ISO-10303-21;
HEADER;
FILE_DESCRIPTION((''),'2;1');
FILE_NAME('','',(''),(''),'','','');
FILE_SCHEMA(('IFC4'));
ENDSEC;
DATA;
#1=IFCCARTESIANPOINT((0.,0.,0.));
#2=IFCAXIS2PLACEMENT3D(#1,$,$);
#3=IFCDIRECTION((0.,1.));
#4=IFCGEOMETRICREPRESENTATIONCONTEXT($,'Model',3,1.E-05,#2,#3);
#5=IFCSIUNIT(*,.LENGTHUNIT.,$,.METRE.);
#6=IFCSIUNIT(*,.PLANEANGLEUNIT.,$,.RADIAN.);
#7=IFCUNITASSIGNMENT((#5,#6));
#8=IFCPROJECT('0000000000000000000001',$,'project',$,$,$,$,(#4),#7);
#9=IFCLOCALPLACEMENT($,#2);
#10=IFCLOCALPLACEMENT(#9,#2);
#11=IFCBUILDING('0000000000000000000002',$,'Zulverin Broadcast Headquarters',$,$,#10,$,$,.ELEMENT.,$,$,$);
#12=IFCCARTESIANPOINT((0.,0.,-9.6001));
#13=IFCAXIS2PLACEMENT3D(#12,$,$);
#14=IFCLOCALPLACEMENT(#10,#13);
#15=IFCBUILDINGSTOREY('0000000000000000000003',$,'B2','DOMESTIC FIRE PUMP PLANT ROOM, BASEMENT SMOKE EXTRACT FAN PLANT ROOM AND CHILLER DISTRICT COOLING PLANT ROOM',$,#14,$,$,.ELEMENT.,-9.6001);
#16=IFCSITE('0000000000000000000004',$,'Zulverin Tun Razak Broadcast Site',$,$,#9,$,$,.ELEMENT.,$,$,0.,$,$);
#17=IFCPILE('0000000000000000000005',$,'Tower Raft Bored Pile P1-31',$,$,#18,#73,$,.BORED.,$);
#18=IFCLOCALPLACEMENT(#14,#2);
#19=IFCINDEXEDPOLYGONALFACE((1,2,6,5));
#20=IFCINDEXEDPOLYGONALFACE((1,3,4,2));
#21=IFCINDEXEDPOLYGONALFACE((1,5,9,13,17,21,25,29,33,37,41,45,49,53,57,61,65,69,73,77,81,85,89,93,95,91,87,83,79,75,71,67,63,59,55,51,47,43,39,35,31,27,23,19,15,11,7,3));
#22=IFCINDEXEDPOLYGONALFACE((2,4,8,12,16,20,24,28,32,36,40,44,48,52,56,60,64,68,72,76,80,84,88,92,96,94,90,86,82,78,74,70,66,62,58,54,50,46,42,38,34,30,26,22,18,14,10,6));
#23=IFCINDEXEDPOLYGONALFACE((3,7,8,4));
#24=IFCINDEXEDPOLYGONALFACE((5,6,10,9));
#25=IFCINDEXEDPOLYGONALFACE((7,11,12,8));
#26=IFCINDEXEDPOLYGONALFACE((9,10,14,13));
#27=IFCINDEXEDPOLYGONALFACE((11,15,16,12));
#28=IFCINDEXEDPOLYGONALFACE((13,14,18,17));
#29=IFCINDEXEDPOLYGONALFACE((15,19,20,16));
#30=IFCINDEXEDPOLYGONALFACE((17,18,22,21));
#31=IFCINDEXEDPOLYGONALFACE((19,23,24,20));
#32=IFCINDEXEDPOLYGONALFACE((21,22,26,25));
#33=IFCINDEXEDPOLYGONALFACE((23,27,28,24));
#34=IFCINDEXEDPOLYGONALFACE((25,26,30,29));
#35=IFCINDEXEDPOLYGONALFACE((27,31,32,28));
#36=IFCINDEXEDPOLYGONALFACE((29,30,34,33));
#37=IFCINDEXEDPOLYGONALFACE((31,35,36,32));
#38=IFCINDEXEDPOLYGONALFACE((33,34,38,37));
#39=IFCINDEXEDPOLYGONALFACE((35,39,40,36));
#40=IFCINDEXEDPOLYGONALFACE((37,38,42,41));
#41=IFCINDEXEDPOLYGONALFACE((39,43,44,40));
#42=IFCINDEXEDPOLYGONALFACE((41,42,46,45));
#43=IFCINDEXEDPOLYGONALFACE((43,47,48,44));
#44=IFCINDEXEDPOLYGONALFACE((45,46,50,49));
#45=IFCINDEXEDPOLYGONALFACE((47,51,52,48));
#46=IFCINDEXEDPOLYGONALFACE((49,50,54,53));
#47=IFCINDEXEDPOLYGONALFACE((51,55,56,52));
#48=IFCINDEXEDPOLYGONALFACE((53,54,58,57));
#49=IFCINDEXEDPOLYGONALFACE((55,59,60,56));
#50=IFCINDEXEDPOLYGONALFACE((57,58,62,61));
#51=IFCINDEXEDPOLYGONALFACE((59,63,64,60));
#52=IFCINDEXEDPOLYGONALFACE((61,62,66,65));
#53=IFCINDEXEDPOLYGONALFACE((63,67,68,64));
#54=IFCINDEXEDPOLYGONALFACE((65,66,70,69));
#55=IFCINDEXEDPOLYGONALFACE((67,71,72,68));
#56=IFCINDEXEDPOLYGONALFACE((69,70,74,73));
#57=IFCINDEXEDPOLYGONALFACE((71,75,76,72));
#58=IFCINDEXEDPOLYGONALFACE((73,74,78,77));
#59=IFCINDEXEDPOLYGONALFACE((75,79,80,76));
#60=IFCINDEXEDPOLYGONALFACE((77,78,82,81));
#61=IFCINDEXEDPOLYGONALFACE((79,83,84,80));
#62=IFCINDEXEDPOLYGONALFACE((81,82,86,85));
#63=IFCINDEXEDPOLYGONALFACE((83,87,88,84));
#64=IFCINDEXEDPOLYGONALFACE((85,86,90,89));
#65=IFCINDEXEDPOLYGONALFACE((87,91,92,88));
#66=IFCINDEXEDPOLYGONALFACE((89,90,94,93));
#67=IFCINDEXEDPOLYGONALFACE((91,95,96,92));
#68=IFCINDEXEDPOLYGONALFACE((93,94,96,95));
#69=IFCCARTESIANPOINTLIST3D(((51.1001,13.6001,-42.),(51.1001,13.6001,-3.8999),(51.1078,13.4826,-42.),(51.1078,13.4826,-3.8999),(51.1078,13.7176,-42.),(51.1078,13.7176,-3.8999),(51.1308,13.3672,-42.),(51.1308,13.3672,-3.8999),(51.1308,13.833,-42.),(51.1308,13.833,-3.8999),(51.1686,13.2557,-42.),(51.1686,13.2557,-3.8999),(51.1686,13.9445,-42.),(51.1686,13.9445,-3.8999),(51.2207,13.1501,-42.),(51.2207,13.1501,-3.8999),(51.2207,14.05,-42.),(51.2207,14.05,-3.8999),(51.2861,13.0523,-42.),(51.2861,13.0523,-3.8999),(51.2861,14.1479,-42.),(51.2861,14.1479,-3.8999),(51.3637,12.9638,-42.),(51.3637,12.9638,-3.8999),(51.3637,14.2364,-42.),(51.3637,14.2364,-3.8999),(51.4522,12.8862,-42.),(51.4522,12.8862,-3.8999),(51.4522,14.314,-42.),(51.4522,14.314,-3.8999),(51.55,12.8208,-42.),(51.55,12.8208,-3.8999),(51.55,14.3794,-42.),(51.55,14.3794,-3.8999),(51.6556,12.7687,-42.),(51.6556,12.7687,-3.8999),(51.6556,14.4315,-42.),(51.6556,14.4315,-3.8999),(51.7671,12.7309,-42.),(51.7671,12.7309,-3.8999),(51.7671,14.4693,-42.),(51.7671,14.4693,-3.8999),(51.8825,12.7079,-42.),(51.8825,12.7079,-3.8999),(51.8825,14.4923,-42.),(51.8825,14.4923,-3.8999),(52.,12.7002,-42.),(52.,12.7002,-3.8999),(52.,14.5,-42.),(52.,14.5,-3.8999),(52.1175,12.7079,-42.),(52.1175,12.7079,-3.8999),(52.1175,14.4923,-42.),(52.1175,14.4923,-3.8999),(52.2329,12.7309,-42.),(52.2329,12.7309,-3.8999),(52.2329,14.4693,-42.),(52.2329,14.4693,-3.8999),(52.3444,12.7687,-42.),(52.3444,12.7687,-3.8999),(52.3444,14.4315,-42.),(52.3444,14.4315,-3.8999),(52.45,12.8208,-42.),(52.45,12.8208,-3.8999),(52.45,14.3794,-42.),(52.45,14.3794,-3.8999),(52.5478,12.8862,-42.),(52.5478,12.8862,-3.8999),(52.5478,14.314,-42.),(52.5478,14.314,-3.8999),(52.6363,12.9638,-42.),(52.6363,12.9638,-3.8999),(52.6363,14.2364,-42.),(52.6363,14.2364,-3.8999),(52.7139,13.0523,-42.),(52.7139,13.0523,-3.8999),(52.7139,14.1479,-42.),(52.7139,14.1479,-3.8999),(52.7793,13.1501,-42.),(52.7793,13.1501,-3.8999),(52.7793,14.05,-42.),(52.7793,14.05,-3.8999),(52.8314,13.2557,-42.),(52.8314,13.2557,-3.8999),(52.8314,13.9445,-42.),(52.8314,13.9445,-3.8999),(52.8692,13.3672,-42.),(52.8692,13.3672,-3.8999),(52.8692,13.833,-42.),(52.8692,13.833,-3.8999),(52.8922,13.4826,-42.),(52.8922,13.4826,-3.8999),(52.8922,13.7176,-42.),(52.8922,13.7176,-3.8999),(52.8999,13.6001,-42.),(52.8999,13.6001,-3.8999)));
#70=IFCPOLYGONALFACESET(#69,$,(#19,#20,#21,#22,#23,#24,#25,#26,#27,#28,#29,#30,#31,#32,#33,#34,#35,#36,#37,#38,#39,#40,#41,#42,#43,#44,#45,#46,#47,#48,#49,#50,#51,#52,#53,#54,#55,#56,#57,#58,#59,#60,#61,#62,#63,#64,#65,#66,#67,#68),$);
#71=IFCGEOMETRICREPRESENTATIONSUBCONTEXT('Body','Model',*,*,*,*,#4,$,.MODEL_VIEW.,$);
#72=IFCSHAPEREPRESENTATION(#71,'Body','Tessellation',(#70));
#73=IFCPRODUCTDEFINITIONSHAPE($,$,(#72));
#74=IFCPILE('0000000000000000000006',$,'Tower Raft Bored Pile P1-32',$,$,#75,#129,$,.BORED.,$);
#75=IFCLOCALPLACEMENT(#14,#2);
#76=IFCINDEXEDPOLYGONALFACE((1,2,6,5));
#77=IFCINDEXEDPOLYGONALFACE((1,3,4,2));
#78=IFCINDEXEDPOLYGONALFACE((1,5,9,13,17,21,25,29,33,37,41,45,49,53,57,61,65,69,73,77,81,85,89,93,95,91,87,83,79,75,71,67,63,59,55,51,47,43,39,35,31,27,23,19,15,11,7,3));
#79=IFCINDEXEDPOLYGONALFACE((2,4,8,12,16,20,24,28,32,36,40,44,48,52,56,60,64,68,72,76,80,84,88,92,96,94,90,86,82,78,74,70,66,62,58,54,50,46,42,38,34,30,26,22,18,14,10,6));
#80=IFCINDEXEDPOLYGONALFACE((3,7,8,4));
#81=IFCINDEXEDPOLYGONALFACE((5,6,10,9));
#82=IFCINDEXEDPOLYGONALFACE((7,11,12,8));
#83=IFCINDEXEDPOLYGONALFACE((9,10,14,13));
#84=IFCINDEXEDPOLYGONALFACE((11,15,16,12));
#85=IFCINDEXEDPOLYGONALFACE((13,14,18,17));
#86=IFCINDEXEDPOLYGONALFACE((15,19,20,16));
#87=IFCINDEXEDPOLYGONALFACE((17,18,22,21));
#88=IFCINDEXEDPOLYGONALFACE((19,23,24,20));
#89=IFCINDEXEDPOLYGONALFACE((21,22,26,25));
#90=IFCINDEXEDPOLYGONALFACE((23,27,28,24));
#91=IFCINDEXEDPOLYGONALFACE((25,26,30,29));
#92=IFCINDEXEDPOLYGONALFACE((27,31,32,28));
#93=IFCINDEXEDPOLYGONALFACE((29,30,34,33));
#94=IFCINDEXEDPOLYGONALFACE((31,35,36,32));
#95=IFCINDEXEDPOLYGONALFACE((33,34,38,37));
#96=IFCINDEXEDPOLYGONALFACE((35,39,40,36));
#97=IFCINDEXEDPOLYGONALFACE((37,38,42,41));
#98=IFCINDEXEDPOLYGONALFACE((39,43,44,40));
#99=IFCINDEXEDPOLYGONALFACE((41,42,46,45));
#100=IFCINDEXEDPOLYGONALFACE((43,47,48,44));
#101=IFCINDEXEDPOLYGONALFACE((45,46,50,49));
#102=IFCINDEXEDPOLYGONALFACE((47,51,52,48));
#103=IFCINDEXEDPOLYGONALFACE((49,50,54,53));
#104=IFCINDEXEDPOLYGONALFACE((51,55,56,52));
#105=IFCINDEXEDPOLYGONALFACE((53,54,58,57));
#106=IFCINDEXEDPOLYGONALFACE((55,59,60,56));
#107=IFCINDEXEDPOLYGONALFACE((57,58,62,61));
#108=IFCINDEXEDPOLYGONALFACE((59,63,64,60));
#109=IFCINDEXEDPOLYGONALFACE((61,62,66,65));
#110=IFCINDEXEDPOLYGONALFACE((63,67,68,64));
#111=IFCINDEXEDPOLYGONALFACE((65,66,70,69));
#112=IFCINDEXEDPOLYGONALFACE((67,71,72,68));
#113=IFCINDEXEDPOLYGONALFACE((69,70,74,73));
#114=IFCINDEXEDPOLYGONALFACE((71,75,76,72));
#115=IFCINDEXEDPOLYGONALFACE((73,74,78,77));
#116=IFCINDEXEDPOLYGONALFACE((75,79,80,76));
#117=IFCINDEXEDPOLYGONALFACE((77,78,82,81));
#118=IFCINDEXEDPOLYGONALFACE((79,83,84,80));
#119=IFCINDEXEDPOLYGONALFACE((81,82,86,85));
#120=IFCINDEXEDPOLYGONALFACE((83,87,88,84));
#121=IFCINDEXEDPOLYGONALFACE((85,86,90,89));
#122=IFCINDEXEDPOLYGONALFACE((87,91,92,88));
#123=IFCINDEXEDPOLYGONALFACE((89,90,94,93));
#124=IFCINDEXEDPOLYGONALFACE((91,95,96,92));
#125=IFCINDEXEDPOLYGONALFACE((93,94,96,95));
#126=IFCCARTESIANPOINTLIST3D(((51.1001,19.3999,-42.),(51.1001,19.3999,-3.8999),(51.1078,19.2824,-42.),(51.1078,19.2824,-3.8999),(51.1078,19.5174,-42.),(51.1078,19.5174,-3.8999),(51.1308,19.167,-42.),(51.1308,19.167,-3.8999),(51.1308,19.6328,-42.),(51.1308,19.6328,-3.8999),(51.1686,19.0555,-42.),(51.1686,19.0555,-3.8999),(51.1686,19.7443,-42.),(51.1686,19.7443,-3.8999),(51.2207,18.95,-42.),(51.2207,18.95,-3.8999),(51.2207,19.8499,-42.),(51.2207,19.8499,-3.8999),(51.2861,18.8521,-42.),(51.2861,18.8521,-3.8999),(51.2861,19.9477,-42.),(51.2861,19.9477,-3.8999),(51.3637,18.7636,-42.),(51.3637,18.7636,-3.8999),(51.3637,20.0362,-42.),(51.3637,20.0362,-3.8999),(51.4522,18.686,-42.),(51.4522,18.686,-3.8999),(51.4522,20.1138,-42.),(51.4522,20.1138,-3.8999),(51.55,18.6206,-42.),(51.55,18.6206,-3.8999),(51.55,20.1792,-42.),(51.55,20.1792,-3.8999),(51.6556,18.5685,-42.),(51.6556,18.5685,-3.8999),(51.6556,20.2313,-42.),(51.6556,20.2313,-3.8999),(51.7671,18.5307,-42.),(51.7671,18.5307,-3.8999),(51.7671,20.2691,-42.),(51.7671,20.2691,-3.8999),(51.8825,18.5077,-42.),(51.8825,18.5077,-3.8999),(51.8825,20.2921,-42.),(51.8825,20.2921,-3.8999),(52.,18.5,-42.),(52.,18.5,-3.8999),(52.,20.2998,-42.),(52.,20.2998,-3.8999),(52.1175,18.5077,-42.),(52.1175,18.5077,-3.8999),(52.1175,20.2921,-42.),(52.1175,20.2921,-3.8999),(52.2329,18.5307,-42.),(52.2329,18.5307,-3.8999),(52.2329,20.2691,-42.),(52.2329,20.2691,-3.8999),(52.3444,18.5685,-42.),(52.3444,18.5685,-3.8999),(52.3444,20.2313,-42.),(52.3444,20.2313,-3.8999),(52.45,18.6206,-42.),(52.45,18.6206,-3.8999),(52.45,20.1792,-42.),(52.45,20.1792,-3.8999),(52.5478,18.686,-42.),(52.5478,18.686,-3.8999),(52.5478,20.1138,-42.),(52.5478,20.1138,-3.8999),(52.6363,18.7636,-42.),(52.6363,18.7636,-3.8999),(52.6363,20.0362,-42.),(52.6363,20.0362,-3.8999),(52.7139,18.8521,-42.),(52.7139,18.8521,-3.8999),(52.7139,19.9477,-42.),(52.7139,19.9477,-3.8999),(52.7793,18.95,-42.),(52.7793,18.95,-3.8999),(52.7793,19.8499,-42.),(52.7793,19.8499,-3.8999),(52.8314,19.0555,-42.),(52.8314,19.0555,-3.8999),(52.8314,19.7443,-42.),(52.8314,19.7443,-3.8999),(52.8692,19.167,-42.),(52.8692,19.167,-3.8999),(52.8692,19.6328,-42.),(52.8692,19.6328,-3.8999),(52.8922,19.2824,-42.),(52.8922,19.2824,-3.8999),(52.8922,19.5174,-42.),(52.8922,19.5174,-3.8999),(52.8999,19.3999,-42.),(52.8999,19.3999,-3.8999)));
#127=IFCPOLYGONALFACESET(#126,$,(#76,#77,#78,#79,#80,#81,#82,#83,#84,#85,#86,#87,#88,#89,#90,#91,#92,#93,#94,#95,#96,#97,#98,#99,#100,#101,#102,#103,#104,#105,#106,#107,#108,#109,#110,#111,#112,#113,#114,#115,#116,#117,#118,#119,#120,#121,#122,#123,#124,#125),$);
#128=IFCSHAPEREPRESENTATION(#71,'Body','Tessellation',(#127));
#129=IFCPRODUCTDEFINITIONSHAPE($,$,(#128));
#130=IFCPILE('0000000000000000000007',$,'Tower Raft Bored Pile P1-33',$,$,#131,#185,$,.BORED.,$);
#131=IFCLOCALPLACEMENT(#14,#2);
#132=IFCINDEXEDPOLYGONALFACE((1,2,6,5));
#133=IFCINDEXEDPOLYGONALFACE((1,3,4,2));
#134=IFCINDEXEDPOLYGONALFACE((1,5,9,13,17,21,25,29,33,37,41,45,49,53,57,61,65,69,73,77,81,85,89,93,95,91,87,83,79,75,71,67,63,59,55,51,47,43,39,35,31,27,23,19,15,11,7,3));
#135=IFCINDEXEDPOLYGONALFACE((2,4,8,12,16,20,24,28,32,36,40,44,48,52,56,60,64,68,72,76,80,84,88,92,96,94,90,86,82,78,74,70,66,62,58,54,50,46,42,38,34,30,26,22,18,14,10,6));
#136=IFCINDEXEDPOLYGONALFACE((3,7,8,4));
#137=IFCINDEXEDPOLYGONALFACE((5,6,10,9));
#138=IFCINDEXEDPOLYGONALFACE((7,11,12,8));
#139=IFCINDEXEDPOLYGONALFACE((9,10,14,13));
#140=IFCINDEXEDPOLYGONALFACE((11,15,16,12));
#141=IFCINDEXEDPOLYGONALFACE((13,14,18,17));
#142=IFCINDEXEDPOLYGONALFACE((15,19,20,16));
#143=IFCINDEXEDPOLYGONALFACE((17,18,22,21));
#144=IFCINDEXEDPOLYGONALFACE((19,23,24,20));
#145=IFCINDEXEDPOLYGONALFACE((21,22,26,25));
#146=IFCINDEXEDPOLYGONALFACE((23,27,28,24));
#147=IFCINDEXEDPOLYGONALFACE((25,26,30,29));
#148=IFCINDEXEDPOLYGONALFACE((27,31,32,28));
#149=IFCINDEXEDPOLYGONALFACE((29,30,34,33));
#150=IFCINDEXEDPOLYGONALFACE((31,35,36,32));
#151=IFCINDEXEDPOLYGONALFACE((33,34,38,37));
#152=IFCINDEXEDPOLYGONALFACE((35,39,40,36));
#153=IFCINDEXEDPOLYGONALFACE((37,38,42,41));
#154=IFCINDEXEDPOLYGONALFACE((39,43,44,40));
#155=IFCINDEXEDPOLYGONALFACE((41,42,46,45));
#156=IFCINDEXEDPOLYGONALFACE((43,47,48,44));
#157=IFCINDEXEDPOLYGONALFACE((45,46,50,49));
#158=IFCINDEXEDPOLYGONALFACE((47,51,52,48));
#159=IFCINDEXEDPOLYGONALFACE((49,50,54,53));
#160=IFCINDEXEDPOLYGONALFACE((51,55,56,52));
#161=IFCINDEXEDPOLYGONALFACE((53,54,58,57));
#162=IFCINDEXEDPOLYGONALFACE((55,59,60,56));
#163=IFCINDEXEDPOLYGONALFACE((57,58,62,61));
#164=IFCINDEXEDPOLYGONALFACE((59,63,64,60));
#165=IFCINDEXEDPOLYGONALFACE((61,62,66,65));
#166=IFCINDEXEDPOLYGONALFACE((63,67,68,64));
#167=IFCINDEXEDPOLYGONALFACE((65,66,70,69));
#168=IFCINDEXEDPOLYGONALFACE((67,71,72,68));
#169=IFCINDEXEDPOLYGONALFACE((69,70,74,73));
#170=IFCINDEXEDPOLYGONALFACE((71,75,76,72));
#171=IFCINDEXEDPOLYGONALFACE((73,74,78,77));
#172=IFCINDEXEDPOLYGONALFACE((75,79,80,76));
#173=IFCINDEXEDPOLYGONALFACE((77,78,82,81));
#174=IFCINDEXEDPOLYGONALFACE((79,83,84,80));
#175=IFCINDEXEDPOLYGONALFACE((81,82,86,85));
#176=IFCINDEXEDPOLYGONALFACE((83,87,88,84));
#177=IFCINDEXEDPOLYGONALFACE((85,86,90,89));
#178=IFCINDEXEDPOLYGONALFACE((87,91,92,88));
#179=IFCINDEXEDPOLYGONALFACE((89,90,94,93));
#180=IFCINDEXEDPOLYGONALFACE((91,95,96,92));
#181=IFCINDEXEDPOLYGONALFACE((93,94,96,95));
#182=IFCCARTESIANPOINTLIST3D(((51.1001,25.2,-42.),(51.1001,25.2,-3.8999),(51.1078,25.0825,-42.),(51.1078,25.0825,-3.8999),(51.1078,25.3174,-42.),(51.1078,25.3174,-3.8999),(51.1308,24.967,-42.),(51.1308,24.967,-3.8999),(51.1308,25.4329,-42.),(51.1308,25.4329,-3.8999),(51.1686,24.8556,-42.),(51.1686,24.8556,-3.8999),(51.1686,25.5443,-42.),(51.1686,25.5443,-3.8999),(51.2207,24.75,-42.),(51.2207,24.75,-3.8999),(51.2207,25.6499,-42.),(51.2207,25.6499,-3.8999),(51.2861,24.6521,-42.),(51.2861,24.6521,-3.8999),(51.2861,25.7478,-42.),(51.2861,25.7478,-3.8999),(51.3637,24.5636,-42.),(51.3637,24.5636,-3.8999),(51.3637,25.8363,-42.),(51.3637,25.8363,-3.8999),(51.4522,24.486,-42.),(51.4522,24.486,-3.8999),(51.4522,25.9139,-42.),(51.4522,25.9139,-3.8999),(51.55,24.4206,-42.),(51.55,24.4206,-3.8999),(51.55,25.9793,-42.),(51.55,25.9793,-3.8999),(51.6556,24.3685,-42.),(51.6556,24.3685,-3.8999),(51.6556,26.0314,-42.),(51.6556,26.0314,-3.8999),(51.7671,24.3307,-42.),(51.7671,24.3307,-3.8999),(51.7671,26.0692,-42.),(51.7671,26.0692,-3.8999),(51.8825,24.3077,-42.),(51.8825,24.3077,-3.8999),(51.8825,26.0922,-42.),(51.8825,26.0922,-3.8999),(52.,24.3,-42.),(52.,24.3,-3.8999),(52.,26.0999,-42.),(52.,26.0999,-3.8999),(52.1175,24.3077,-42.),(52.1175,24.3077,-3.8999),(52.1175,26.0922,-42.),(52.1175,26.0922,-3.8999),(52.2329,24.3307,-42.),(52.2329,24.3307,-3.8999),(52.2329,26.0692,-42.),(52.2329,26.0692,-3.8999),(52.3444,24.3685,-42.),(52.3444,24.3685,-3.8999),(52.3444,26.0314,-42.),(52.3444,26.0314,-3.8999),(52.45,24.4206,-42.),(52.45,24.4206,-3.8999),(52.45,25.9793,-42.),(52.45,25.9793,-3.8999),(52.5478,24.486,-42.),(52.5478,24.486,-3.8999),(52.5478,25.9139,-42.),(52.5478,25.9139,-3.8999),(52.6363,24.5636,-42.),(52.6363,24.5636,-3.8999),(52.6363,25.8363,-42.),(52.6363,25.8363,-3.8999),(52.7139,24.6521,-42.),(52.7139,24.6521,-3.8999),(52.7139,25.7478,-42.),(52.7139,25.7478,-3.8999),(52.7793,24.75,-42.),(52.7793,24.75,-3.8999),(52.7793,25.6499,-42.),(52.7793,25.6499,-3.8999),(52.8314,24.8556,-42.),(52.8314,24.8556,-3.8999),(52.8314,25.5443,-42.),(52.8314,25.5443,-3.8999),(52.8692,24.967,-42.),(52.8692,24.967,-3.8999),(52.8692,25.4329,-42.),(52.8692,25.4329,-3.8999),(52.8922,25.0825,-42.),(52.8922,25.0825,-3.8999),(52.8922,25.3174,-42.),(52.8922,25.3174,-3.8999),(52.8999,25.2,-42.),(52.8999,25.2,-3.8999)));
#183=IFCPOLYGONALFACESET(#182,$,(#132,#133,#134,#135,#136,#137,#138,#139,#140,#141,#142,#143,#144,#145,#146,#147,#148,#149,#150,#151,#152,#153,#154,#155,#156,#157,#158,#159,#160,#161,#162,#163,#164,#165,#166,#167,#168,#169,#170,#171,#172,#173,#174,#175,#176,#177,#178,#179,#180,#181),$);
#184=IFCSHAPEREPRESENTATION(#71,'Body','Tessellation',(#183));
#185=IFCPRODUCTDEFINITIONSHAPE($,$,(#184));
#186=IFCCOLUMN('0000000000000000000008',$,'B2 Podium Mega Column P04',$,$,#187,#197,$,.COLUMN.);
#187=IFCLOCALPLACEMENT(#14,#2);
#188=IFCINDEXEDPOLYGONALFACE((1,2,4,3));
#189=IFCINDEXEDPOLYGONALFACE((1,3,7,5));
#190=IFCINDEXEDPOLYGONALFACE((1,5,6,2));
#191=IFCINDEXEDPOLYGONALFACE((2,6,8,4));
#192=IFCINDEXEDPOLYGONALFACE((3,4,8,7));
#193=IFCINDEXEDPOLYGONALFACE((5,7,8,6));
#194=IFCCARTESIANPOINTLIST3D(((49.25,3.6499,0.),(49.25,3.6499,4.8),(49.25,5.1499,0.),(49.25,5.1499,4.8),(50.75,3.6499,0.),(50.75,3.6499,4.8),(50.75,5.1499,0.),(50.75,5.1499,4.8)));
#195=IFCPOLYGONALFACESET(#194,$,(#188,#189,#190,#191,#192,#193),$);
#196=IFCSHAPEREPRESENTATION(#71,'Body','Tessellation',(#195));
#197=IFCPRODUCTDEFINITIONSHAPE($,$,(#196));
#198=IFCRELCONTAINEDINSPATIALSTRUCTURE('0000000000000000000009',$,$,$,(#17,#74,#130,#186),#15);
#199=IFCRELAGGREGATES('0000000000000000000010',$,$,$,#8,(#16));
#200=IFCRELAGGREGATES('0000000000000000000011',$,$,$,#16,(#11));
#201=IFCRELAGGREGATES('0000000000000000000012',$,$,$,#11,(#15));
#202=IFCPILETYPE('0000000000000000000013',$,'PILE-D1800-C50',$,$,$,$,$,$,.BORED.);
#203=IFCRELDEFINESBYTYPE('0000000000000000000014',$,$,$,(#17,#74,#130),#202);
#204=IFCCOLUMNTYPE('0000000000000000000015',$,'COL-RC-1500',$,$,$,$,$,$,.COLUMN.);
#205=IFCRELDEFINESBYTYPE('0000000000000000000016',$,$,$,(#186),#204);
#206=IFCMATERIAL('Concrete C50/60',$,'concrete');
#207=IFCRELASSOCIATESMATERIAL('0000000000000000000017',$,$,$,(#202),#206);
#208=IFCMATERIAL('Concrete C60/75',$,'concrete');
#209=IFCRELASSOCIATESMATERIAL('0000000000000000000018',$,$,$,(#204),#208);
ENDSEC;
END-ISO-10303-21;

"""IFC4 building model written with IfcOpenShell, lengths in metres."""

from ifc_helpers import new_model, si_unit, direction, frame, origin, origin_2d, place, context, subcontext, project, spatial, rectangle, circle, extrude, material, material_profile, profile_set, type_object, element, save


model = new_model("IFC4")

# Units and contexts
model_context = context("Model", 3, precision=1e-05, world=origin(), true_north=direction((0.0, 1.0)))
body_context = subcontext(model_context, "Body", "Model", "MODEL_VIEW")
ifc_project = project(units=[si_unit("LENGTHUNIT", "METRE"), si_unit("PLANEANGLEUNIT", "RADIAN")], contexts=[model_context])

# Site, building, storey
site_placement = place(None, origin())
site = spatial("IfcSite", under=ifc_project, at=site_placement, Name="Zulverin Tun Razak Broadcast Site", CompositionType="ELEMENT", RefElevation=0.0)
building_placement = place(site_placement, origin())
building = spatial("IfcBuilding", under=site, at=building_placement, Name="Zulverin Broadcast Headquarters", CompositionType="ELEMENT")
storey_placement = place(building_placement, frame((0.0, 0.0, -9.6001)))
storey = spatial("IfcBuildingStorey", under=building, at=storey_placement, Name="B2", Description="DOMESTIC FIRE PUMP PLANT ROOM, BASEMENT SMOKE EXTRACT FAN PLANT ROOM AND CHILLER DISTRICT COOLING PLANT ROOM", CompositionType="ELEMENT", Elevation=-9.6001)

# Shared definitions
ifc_material_1 = material(Name="Concrete C50/60", Category="concrete")

# Piles
ifc_material_profile_1 = material_profile(ifc_material_1, circle(Radius=0.8999, at=origin_2d()), Name="Concrete C50/60", Category="concrete")
ifc_profile_set_1 = profile_set([ifc_material_profile_1], Name="Concrete C50/60")
pile_type_1 = type_object("IfcPileType", Name="PILE-D1800-C50", PredefinedType="BORED", material=ifc_profile_set_1)
for number, where, z_axis, x_axis, name in (
    (1, (52.0, 13.6001, -3.8999), (0.0, 0.0, -1.0), (1.0, 0.0, 0.0), "Tower Raft Bored Pile P1-31"),
    (2, (52.0, 19.3999, -3.8999), (0.0, 0.0, -1.0), (1.0, 0.0, 0.0), "Tower Raft Bored Pile P1-32"),
    (3, (52.0, 25.2, -3.8999), (0.0, 0.0, -1.0), (1.0, 0.0, 0.0), "Tower Raft Bored Pile P1-33"),
):
    element("IfcPile", number, at=place(storey_placement, frame(where, z_axis=z_axis, x_axis=x_axis)), inside=storey, type_object=pile_type_1, Name=name, PredefinedType="BORED", context=body_context, shape_type="SweptSolid", body=[
        extrude(circle(Radius=0.8999, at=origin_2d()), origin(), (0.0, 0.0, 1.0), 38.1001),
    ])

# Column
ifc_material_2 = material(Name="Concrete C60/75", Category="concrete")
ifc_material_profile_2 = material_profile(ifc_material_2, rectangle(XDim=1.5, YDim=1.5, at=origin_2d()), Name="Concrete C60/75", Category="concrete")
ifc_profile_set_2 = profile_set([ifc_material_profile_2], Name="Concrete C60/75")
column_type_1 = type_object("IfcColumnType", Name="COL-RC-1500", PredefinedType="COLUMN", material=ifc_profile_set_2)
column_1_placement = place(storey_placement, frame((50.0, 4.3999, 0.0), z_axis=(0.0, 0.0, 1.0), x_axis=(1.0, 0.0, 0.0)))
element("IfcColumn", 4, at=column_1_placement, inside=storey, type_object=column_type_1, Name="B2 Podium Mega Column P04", PredefinedType="COLUMN", context=body_context, shape_type="SweptSolid", body=[
    extrude(rectangle(XDim=1.5, YDim=1.5, at=origin_2d()), origin(), (0.0, 0.0, 1.0), 4.8),
])

save(model, "model.ifc")
